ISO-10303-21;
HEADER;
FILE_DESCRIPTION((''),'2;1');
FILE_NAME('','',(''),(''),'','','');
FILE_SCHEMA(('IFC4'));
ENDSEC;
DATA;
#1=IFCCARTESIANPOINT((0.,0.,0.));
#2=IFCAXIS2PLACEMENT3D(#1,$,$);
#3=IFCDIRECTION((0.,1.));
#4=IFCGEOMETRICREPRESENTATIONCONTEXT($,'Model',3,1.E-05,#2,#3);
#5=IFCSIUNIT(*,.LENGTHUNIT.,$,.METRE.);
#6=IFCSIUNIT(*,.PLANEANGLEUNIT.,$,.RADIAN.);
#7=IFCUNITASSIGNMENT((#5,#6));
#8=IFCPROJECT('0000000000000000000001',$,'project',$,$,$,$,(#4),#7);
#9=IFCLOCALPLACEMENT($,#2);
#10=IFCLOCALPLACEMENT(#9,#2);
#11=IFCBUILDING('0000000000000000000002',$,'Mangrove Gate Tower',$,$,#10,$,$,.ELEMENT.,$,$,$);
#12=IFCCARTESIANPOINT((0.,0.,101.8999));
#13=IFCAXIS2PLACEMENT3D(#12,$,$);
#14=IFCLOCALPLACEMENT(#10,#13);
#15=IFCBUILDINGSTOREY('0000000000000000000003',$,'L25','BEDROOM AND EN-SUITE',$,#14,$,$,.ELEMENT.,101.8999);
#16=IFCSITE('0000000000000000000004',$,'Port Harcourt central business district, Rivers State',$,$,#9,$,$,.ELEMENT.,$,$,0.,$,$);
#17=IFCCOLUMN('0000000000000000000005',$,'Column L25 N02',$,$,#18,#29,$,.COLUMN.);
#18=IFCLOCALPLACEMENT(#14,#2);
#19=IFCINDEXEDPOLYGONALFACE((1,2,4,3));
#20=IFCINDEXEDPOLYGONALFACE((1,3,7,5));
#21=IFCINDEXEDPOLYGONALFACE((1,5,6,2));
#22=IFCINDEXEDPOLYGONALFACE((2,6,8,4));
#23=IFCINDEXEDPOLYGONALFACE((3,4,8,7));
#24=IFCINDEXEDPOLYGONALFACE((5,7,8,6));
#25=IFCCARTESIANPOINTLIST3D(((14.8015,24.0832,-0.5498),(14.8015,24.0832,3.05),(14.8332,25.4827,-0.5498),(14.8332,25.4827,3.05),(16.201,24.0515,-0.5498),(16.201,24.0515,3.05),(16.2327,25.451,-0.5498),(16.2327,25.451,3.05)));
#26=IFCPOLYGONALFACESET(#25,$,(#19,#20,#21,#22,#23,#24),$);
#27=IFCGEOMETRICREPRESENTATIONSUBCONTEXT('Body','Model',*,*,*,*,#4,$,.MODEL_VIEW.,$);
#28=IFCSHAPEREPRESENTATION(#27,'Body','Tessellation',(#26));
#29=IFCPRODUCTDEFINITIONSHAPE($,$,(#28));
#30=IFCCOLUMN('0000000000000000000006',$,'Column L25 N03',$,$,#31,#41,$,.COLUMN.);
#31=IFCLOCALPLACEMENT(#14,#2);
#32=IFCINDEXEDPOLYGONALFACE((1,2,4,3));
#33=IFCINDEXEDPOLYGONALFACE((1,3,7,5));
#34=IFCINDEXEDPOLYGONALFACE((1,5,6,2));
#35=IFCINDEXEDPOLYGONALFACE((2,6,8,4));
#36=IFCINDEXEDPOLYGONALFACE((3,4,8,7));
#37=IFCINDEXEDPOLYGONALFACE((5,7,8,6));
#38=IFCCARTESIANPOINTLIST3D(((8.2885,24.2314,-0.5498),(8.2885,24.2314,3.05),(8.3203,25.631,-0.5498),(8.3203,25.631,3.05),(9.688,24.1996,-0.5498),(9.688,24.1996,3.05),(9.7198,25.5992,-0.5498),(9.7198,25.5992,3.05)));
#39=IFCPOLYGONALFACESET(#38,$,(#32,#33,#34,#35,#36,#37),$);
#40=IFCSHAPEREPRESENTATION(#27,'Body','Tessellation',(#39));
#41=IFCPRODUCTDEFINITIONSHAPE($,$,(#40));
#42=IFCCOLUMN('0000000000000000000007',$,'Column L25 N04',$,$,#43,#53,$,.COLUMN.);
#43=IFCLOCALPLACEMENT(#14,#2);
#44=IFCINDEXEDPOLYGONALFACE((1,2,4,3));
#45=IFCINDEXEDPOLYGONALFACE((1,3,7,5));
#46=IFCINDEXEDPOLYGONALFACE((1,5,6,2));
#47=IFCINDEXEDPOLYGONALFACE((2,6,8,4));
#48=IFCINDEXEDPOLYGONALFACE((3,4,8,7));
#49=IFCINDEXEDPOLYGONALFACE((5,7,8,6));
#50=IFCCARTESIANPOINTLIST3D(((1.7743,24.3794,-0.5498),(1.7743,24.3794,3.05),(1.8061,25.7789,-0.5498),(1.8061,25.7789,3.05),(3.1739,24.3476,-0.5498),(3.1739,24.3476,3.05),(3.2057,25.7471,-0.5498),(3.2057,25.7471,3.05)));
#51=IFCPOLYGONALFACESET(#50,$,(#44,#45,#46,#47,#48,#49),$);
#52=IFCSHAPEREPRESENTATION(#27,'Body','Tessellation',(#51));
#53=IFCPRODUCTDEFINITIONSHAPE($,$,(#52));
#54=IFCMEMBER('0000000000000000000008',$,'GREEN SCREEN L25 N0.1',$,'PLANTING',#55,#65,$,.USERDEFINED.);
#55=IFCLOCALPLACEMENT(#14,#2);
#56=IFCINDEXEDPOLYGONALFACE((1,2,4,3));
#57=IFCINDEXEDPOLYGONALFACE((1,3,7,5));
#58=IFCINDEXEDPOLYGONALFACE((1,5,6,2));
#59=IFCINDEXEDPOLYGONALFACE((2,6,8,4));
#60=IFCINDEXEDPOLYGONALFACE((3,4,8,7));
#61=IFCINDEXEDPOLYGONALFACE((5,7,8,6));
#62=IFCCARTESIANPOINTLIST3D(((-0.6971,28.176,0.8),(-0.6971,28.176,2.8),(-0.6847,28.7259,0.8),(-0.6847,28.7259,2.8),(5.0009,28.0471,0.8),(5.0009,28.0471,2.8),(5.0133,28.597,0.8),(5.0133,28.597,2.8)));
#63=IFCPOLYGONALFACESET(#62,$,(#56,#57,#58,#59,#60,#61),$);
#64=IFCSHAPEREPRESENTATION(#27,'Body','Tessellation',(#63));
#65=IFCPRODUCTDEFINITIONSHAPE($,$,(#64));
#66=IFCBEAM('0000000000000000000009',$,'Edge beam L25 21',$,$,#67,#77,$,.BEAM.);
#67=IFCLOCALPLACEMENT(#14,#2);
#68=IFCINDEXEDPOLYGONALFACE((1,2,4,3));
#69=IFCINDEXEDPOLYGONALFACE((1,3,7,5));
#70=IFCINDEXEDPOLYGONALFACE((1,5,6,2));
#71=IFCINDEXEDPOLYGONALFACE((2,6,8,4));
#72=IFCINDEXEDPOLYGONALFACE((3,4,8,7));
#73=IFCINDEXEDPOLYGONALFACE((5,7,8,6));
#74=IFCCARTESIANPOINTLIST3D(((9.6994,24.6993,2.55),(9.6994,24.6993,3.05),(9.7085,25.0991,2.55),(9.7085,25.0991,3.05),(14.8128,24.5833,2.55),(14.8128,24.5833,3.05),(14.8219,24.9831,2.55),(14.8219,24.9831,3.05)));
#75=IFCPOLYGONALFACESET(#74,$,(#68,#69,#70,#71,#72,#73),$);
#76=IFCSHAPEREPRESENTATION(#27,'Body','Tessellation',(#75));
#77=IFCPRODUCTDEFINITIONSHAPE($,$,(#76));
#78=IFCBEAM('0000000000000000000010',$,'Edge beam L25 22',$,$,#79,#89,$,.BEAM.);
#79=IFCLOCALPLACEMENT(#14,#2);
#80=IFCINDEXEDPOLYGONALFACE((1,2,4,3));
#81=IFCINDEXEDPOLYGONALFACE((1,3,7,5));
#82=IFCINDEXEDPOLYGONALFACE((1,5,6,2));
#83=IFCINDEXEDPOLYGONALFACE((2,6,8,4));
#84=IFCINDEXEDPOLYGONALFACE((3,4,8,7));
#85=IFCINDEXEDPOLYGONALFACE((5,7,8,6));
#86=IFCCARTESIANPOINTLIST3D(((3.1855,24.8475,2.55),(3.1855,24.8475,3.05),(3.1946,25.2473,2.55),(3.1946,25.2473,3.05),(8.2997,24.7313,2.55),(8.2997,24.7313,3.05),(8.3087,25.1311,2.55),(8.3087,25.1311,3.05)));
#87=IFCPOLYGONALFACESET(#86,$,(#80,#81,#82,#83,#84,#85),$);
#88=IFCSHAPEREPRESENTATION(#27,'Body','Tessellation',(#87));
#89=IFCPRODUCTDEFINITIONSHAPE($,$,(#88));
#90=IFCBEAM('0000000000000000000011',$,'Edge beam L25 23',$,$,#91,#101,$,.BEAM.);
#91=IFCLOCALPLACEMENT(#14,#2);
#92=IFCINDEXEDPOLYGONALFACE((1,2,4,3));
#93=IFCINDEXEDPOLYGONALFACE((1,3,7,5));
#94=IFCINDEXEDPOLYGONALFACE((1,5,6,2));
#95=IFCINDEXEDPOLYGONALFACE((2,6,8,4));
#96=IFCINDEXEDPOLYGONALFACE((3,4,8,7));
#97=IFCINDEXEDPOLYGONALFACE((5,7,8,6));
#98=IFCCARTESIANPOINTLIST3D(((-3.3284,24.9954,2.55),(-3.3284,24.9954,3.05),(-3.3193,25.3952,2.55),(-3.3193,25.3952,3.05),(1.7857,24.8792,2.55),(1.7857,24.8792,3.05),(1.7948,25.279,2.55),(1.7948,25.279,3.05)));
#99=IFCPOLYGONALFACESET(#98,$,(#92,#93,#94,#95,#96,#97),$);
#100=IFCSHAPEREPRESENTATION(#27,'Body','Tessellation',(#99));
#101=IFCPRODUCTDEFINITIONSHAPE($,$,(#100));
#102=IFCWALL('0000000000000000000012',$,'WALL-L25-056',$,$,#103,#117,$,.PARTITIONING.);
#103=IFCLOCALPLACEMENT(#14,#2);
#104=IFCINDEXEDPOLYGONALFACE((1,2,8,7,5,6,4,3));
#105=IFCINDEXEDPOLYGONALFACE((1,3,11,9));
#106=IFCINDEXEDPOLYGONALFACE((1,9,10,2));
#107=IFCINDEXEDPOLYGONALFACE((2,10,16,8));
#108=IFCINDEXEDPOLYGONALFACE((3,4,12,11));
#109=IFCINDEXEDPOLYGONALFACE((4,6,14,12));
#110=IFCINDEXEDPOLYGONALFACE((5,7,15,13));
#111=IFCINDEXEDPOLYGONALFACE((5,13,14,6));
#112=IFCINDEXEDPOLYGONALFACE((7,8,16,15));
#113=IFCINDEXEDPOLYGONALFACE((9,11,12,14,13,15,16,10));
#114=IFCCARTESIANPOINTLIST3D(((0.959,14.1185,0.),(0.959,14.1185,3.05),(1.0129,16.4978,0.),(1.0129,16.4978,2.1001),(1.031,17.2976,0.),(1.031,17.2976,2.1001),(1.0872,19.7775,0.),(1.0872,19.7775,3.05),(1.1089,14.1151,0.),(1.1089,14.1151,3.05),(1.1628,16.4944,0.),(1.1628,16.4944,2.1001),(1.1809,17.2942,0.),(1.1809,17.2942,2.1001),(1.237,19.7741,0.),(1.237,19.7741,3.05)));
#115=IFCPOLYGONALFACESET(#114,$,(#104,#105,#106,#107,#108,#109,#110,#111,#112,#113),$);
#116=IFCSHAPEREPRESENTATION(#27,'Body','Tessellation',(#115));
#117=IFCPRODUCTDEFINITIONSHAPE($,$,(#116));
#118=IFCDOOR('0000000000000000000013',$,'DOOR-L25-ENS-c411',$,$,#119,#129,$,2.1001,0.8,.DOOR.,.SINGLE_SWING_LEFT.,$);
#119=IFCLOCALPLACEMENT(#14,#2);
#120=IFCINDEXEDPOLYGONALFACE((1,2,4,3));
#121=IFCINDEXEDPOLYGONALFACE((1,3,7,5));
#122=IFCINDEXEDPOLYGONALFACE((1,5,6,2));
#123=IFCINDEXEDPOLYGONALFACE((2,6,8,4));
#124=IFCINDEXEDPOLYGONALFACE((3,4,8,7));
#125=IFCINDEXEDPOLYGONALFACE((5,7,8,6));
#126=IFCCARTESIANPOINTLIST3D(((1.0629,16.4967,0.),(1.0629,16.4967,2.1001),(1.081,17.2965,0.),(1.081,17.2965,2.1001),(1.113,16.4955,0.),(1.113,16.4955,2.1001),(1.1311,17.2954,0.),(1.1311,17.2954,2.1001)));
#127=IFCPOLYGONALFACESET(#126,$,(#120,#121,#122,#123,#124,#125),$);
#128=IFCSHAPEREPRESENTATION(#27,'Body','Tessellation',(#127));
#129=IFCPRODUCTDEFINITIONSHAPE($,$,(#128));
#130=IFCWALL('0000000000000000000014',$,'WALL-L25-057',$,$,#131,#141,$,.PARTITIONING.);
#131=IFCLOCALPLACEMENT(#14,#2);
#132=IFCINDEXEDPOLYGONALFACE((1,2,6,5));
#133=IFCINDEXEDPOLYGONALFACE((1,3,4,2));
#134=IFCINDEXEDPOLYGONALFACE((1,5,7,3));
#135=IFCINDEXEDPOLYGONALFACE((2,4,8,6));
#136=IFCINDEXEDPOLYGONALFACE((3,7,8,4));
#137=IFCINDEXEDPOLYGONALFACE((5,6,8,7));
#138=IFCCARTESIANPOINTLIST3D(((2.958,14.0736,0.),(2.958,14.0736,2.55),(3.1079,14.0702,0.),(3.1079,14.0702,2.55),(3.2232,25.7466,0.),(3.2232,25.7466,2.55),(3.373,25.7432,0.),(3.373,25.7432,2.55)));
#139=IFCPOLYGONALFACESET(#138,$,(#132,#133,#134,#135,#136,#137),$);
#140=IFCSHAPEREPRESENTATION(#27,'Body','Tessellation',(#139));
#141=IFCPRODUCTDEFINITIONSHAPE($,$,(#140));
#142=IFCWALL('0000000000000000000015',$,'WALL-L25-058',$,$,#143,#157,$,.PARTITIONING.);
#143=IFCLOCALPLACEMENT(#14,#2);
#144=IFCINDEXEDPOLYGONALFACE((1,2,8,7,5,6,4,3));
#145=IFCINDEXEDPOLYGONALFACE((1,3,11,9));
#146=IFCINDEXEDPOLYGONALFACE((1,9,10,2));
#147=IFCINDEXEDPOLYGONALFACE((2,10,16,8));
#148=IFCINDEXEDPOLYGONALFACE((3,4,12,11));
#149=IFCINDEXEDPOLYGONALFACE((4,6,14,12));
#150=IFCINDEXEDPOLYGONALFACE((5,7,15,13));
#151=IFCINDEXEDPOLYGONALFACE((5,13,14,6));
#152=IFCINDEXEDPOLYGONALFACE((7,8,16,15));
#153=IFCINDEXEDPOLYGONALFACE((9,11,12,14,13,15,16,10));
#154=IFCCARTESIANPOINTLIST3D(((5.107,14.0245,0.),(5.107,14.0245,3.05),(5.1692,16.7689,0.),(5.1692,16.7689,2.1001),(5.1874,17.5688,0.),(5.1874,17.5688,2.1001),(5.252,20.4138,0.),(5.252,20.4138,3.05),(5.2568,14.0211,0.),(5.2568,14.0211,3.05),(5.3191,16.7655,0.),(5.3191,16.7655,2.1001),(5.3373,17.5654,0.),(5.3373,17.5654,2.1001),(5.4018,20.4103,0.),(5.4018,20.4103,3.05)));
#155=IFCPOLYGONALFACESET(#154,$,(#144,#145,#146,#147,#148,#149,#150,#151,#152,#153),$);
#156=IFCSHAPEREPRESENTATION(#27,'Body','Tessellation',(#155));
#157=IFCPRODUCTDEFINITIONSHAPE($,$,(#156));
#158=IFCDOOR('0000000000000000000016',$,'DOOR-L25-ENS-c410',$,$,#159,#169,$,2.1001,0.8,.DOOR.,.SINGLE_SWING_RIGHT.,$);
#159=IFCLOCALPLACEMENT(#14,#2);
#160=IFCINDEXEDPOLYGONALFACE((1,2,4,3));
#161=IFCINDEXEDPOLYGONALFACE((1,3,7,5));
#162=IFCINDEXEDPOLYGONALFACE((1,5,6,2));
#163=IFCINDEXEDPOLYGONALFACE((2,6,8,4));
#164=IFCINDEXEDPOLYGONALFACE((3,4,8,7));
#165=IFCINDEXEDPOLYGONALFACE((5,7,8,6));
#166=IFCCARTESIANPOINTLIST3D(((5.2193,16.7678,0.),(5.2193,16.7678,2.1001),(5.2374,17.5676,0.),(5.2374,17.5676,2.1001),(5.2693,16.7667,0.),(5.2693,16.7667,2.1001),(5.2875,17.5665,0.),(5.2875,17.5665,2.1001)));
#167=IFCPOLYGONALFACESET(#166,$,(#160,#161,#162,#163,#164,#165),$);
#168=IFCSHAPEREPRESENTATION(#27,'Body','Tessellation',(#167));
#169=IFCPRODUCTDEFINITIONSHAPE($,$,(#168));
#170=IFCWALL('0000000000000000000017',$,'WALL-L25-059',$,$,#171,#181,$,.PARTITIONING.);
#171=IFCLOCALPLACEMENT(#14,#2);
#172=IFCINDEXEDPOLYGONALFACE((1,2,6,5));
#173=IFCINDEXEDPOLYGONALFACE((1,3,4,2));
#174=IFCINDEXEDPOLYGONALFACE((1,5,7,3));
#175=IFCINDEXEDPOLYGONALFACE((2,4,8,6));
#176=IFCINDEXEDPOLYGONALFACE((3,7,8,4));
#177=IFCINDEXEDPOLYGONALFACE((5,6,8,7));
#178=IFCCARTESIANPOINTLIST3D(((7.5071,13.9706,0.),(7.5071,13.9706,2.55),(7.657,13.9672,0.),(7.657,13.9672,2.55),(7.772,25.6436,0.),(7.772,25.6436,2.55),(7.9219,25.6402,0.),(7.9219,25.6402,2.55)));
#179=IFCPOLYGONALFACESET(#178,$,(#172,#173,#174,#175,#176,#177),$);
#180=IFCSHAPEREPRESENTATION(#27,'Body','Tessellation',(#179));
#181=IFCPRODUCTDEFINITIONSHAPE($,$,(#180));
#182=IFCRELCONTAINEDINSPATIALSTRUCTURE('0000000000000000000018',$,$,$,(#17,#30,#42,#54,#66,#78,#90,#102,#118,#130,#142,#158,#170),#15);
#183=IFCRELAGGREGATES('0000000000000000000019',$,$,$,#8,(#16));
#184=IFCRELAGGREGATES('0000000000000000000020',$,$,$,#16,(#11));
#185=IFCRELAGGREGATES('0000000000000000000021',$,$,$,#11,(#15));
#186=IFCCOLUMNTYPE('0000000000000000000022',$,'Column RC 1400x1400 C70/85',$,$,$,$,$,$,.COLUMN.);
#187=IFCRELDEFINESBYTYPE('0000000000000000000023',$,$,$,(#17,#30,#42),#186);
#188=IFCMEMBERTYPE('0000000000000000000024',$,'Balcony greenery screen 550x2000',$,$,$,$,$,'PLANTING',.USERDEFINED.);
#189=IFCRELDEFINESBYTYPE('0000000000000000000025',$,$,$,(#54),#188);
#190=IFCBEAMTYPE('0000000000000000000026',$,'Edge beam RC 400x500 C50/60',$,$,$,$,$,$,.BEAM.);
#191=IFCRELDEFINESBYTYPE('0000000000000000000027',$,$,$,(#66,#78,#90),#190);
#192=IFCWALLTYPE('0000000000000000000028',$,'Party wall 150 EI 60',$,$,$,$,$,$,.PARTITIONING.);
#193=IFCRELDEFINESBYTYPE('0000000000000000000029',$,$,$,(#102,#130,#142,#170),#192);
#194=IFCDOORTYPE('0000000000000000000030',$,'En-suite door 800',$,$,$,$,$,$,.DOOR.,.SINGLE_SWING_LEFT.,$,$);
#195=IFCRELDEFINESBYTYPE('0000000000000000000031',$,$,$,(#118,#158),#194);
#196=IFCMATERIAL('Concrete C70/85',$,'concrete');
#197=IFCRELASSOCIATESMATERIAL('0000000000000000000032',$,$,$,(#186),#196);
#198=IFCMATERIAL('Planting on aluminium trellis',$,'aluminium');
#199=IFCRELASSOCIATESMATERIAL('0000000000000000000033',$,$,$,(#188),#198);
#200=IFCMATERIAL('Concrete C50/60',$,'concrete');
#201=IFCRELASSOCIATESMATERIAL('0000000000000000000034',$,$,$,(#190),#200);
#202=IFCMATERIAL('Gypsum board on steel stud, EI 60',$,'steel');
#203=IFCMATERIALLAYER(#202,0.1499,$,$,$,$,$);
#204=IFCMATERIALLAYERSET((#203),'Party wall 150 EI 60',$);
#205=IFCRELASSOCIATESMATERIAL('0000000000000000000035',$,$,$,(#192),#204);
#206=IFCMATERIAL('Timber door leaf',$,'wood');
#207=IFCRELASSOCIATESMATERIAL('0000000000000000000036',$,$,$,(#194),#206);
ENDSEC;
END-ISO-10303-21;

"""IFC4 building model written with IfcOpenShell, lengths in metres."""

from ifc_helpers import new_model, si_unit, direction, frame, frame_2d, origin, origin_2d, place, context, subcontext, project, spatial, rectangle, extrude, material, layer, layer_set, material_profile, profile_set, type_object, element, fill, save


model = new_model("IFC4")

# Units and contexts
model_context = context("Model", 3, precision=1e-05, world=origin(), true_north=direction((0.0, 1.0)))
body_context = subcontext(model_context, "Body", "Model", "MODEL_VIEW")
ifc_project = project(units=[si_unit("LENGTHUNIT", "METRE"), si_unit("PLANEANGLEUNIT", "RADIAN")], contexts=[model_context])

# Site, building, storey
site_placement = place(None, origin())
site = spatial("IfcSite", under=ifc_project, at=site_placement, Name="Port Harcourt central business district, Rivers State", CompositionType="ELEMENT", RefElevation=0.0)
building_placement = place(site_placement, origin())
building = spatial("IfcBuilding", under=site, at=building_placement, Name="Mangrove Gate Tower", CompositionType="ELEMENT")
storey_placement = place(building_placement, frame((0.0, 0.0, 101.8999)))
storey = spatial("IfcBuildingStorey", under=building, at=storey_placement, Name="L25", Description="BEDROOM AND EN-SUITE", CompositionType="ELEMENT", Elevation=101.8999)

# Columns
ifc_material_1 = material(Name="Concrete C70/85", Category="concrete")
ifc_material_profile_1 = material_profile(ifc_material_1, rectangle(XDim=1.3999, YDim=1.3999, at=origin_2d()))
ifc_profile_set_1 = profile_set([ifc_material_profile_1], Name="Concrete C70/85")
column_type = type_object("IfcColumnType", Name="Column RC 1400x1400 C70/85", PredefinedType="COLUMN", material=ifc_profile_set_1)
for number, where, z_axis, x_axis, name in (
    (1, (15.5171, 24.7671, -0.5498), (0.0, 0.0, 1.0), (-0.999744, 0.022639, 0.0), "Column L25 N02"),
    (2, (9.0042, 24.9153, -0.5498), (0.0, 0.0, 1.0), (-0.999742, 0.022716, 0.0), "Column L25 N03"),
    (3, (2.49, 25.0632, -0.5498), (0.0, 0.0, 1.0), (-0.999742, 0.022714, 0.0), "Column L25 N04"),
):
    element("IfcColumn", number, at=place(storey_placement, frame(where, z_axis=z_axis, x_axis=x_axis)), inside=storey, type_object=column_type, Name=name, PredefinedType="COLUMN", context=body_context, shape_type="SweptSolid", body=[
        extrude(rectangle(XDim=1.3999, YDim=1.3999, at=origin_2d()), origin(), (0.0, 0.0, 1.0), 3.5999),
    ])

# Member
ifc_material_2 = material(Name="Planting on aluminium trellis", Category="aluminium")
ifc_material_profile_2 = material_profile(ifc_material_2, rectangle(XDim=0.55, YDim=2.0, at=origin_2d()))
ifc_profile_set_2 = profile_set([ifc_material_profile_2], Name="Planting on aluminium trellis")
member_type = type_object("IfcMemberType", Name="Balcony greenery screen 550x2000", ElementType="PLANTING", PredefinedType="USERDEFINED", material=ifc_profile_set_2)
member_placement = place(storey_placement, frame((-0.6909, 28.4509, 1.8), z_axis=(0.999744, -0.022617, 0.0), x_axis=(0.022617, 0.999744, 0.0)))
element("IfcMember", 4, at=member_placement, inside=storey, type_object=member_type, Name="GREEN SCREEN L25 N0.1", ObjectType="PLANTING", PredefinedType="USERDEFINED", context=body_context, shape_type="SweptSolid", body=[
    extrude(rectangle(XDim=0.55, YDim=2.0, at=origin_2d()), origin(), (0.0, 0.0, 1.0), 5.6995),
])

# Beams
ifc_material_3 = material(Name="Concrete C50/60", Category="concrete")
ifc_material_profile_3 = material_profile(ifc_material_3, rectangle(XDim=0.3999, YDim=0.5, at=origin_2d()))
ifc_profile_set_3 = profile_set([ifc_material_profile_3], Name="Concrete C50/60")
beam_type = type_object("IfcBeamType", Name="Edge beam RC 400x500 C50/60", PredefinedType="BEAM", material=ifc_profile_set_3)
beam_placement = place(storey_placement, frame((14.8174, 24.7832, 2.8), z_axis=(-0.999743, 0.022673, 0.0), x_axis=(-0.022673, -0.999743, 0.0)))
element("IfcBeam", 5, at=beam_placement, inside=storey, type_object=beam_type, Name="Edge beam L25 21", PredefinedType="BEAM", context=body_context, shape_type="SweptSolid", body=[
    extrude(rectangle(XDim=0.3999, YDim=0.5, at=origin_2d()), origin(), (0.0, 0.0, 1.0), 5.1147),
])
for number, where, z_axis, x_axis, name in (
    (6, (8.3042, 24.9312, 2.8), (-0.999742, 0.022717, 0.0), (-0.022717, -0.999742, 0.0), "Edge beam L25 22"),
    (7, (1.7903, 25.0791, 2.8), (-0.999742, 0.022717, 0.0), (-0.022717, -0.999742, 0.0), "Edge beam L25 23"),
):
    element("IfcBeam", number, at=place(storey_placement, frame(where, z_axis=z_axis, x_axis=x_axis)), inside=storey, type_object=beam_type, Name=name, PredefinedType="BEAM", context=body_context, shape_type="SweptSolid", body=[
        extrude(rectangle(XDim=0.3999, YDim=0.5, at=origin_2d()), origin(), (0.0, 0.0, 1.0), 5.1155),
    ])

# Wall, opening, door
ifc_material_4 = material(Name="Gypsum board on steel stud, EI 60", Category="steel")
ifc_layer = layer(ifc_material_4, 0.1499)
ifc_layer_set = layer_set([ifc_layer], Name="Party wall 150 EI 60")
wall_type = type_object("IfcWallType", Name="Party wall 150 EI 60", PredefinedType="PARTITIONING", material=ifc_layer_set)
wall_1_placement = place(storey_placement, frame((1.0339, 14.1169, 0.0), z_axis=(0.0, 0.0, 1.0), x_axis=(0.022644, 0.999744, 0.0)))
wall_1 = element("IfcWall", 8, at=wall_1_placement, inside=storey, type_object=wall_type, Name="WALL-L25-056", PredefinedType="PARTITIONING", context=body_context, shape_type="SweptSolid", body=[
    extrude(rectangle(XDim=5.6604, YDim=0.1499, at=frame_2d((2.8301, 0.0))), origin(), (0.0, 0.0, 1.0), 3.05),
])
opening_1_placement = place(wall_1_placement, frame((2.3799, 0.0, 0.0)))
opening_1 = element("IfcOpeningElement", 9, at=opening_1_placement, cuts=wall_1, PredefinedType="OPENING", context=body_context, shape_type="SweptSolid", body=[
    extrude(rectangle(XDim=0.8, YDim=2.1001, at=frame_2d((0.3999, 1.05))), frame((0.0, 0.085, 0.0), z_axis=(0.0, -1.0, 0.0), x_axis=(1.0, 0.0, 0.0)), (0.0, 0.0, 1.0), 0.1699),
])
ifc_material_5 = material(Name="Timber door leaf", Category="wood")
door_type = type_object("IfcDoorType", Name="En-suite door 800", OperationType="SINGLE_SWING_LEFT", PredefinedType="DOOR", material=ifc_material_5)
door_1_placement = place(opening_1_placement, origin())
door_1 = element("IfcDoor", 10, at=door_1_placement, inside=storey, type_object=door_type, Name="DOOR-L25-ENS-c411", OperationType="SINGLE_SWING_LEFT", OverallHeight=2.1001, OverallWidth=0.8, PredefinedType="DOOR", context=body_context, shape_type="SweptSolid", body=[
    extrude(rectangle(XDim=0.8, YDim=2.1001, at=frame_2d((0.3999, 1.05))), frame((0.0, 0.0249, 0.0), z_axis=(0.0, -1.0, 0.0), x_axis=(1.0, 0.0, 0.0)), (0.0, 0.0, 1.0), 0.05),
])
fill(opening_1, door_1)

# Wall
wall_2_placement = place(storey_placement, frame((3.033, 14.072, 0.0), z_axis=(0.0, 0.0, 1.0), x_axis=(0.022708, 0.999742, 0.0)))
element("IfcWall", 11, at=wall_2_placement, inside=storey, type_object=wall_type, Name="WALL-L25-057", PredefinedType="PARTITIONING", context=body_context, shape_type="SweptSolid", body=[
    extrude(rectangle(XDim=11.676, YDim=0.1499, at=frame_2d((5.8379, 0.0))), origin(), (0.0, 0.0, 1.0), 2.55),
])

# Wall, opening, door
wall_3_placement = place(storey_placement, frame((5.1819, 14.0229, 0.0), z_axis=(0.0, 0.0, 1.0), x_axis=(0.022692, 0.999743, 0.0)))
wall_3 = element("IfcWall", 12, at=wall_3_placement, inside=storey, type_object=wall_type, Name="WALL-L25-058", PredefinedType="PARTITIONING", context=body_context, shape_type="SweptSolid", body=[
    extrude(rectangle(XDim=6.3909, YDim=0.1499, at=frame_2d((3.1953, 0.0))), origin(), (0.0, 0.0, 1.0), 3.05),
])
opening_2_placement = place(wall_3_placement, frame((2.7451, 0.0, 0.0)))
opening_2 = element("IfcOpeningElement", 13, at=opening_2_placement, cuts=wall_3, PredefinedType="OPENING", context=body_context, shape_type="SweptSolid", body=[
    extrude(rectangle(XDim=0.8, YDim=2.1001, at=frame_2d((0.3999, 1.05))), frame((0.0, 0.085, 0.0), z_axis=(0.0, -1.0, 0.0), x_axis=(1.0, 0.0, 0.0)), (0.0, 0.0, 1.0), 0.1699),
])
door_2_placement = place(opening_2_placement, origin())
door_2 = element("IfcDoor", 14, at=door_2_placement, inside=storey, type_object=door_type, Name="DOOR-L25-ENS-c410", OperationType="SINGLE_SWING_RIGHT", OverallHeight=2.1001, OverallWidth=0.8, PredefinedType="DOOR", context=body_context, shape_type="SweptSolid", body=[
    extrude(rectangle(XDim=0.8, YDim=2.1001, at=frame_2d((0.3999, 1.05))), frame((0.0, 0.0249, 0.0), z_axis=(0.0, -1.0, 0.0), x_axis=(1.0, 0.0, 0.0)), (0.0, 0.0, 1.0), 0.05),
])
fill(opening_2, door_2)

# Wall
wall_4_placement = place(storey_placement, frame((7.582, 13.969, 0.0), z_axis=(0.0, 0.0, 1.0), x_axis=(0.022687, 0.999743, 0.0)))
element("IfcWall", 15, at=wall_4_placement, inside=storey, type_object=wall_type, Name="WALL-L25-059", PredefinedType="PARTITIONING", context=body_context, shape_type="SweptSolid", body=[
    extrude(rectangle(XDim=11.676, YDim=0.1499, at=frame_2d((5.8379, 0.0))), origin(), (0.0, 0.0, 1.0), 2.55),
])

save(model, "model.ifc")
